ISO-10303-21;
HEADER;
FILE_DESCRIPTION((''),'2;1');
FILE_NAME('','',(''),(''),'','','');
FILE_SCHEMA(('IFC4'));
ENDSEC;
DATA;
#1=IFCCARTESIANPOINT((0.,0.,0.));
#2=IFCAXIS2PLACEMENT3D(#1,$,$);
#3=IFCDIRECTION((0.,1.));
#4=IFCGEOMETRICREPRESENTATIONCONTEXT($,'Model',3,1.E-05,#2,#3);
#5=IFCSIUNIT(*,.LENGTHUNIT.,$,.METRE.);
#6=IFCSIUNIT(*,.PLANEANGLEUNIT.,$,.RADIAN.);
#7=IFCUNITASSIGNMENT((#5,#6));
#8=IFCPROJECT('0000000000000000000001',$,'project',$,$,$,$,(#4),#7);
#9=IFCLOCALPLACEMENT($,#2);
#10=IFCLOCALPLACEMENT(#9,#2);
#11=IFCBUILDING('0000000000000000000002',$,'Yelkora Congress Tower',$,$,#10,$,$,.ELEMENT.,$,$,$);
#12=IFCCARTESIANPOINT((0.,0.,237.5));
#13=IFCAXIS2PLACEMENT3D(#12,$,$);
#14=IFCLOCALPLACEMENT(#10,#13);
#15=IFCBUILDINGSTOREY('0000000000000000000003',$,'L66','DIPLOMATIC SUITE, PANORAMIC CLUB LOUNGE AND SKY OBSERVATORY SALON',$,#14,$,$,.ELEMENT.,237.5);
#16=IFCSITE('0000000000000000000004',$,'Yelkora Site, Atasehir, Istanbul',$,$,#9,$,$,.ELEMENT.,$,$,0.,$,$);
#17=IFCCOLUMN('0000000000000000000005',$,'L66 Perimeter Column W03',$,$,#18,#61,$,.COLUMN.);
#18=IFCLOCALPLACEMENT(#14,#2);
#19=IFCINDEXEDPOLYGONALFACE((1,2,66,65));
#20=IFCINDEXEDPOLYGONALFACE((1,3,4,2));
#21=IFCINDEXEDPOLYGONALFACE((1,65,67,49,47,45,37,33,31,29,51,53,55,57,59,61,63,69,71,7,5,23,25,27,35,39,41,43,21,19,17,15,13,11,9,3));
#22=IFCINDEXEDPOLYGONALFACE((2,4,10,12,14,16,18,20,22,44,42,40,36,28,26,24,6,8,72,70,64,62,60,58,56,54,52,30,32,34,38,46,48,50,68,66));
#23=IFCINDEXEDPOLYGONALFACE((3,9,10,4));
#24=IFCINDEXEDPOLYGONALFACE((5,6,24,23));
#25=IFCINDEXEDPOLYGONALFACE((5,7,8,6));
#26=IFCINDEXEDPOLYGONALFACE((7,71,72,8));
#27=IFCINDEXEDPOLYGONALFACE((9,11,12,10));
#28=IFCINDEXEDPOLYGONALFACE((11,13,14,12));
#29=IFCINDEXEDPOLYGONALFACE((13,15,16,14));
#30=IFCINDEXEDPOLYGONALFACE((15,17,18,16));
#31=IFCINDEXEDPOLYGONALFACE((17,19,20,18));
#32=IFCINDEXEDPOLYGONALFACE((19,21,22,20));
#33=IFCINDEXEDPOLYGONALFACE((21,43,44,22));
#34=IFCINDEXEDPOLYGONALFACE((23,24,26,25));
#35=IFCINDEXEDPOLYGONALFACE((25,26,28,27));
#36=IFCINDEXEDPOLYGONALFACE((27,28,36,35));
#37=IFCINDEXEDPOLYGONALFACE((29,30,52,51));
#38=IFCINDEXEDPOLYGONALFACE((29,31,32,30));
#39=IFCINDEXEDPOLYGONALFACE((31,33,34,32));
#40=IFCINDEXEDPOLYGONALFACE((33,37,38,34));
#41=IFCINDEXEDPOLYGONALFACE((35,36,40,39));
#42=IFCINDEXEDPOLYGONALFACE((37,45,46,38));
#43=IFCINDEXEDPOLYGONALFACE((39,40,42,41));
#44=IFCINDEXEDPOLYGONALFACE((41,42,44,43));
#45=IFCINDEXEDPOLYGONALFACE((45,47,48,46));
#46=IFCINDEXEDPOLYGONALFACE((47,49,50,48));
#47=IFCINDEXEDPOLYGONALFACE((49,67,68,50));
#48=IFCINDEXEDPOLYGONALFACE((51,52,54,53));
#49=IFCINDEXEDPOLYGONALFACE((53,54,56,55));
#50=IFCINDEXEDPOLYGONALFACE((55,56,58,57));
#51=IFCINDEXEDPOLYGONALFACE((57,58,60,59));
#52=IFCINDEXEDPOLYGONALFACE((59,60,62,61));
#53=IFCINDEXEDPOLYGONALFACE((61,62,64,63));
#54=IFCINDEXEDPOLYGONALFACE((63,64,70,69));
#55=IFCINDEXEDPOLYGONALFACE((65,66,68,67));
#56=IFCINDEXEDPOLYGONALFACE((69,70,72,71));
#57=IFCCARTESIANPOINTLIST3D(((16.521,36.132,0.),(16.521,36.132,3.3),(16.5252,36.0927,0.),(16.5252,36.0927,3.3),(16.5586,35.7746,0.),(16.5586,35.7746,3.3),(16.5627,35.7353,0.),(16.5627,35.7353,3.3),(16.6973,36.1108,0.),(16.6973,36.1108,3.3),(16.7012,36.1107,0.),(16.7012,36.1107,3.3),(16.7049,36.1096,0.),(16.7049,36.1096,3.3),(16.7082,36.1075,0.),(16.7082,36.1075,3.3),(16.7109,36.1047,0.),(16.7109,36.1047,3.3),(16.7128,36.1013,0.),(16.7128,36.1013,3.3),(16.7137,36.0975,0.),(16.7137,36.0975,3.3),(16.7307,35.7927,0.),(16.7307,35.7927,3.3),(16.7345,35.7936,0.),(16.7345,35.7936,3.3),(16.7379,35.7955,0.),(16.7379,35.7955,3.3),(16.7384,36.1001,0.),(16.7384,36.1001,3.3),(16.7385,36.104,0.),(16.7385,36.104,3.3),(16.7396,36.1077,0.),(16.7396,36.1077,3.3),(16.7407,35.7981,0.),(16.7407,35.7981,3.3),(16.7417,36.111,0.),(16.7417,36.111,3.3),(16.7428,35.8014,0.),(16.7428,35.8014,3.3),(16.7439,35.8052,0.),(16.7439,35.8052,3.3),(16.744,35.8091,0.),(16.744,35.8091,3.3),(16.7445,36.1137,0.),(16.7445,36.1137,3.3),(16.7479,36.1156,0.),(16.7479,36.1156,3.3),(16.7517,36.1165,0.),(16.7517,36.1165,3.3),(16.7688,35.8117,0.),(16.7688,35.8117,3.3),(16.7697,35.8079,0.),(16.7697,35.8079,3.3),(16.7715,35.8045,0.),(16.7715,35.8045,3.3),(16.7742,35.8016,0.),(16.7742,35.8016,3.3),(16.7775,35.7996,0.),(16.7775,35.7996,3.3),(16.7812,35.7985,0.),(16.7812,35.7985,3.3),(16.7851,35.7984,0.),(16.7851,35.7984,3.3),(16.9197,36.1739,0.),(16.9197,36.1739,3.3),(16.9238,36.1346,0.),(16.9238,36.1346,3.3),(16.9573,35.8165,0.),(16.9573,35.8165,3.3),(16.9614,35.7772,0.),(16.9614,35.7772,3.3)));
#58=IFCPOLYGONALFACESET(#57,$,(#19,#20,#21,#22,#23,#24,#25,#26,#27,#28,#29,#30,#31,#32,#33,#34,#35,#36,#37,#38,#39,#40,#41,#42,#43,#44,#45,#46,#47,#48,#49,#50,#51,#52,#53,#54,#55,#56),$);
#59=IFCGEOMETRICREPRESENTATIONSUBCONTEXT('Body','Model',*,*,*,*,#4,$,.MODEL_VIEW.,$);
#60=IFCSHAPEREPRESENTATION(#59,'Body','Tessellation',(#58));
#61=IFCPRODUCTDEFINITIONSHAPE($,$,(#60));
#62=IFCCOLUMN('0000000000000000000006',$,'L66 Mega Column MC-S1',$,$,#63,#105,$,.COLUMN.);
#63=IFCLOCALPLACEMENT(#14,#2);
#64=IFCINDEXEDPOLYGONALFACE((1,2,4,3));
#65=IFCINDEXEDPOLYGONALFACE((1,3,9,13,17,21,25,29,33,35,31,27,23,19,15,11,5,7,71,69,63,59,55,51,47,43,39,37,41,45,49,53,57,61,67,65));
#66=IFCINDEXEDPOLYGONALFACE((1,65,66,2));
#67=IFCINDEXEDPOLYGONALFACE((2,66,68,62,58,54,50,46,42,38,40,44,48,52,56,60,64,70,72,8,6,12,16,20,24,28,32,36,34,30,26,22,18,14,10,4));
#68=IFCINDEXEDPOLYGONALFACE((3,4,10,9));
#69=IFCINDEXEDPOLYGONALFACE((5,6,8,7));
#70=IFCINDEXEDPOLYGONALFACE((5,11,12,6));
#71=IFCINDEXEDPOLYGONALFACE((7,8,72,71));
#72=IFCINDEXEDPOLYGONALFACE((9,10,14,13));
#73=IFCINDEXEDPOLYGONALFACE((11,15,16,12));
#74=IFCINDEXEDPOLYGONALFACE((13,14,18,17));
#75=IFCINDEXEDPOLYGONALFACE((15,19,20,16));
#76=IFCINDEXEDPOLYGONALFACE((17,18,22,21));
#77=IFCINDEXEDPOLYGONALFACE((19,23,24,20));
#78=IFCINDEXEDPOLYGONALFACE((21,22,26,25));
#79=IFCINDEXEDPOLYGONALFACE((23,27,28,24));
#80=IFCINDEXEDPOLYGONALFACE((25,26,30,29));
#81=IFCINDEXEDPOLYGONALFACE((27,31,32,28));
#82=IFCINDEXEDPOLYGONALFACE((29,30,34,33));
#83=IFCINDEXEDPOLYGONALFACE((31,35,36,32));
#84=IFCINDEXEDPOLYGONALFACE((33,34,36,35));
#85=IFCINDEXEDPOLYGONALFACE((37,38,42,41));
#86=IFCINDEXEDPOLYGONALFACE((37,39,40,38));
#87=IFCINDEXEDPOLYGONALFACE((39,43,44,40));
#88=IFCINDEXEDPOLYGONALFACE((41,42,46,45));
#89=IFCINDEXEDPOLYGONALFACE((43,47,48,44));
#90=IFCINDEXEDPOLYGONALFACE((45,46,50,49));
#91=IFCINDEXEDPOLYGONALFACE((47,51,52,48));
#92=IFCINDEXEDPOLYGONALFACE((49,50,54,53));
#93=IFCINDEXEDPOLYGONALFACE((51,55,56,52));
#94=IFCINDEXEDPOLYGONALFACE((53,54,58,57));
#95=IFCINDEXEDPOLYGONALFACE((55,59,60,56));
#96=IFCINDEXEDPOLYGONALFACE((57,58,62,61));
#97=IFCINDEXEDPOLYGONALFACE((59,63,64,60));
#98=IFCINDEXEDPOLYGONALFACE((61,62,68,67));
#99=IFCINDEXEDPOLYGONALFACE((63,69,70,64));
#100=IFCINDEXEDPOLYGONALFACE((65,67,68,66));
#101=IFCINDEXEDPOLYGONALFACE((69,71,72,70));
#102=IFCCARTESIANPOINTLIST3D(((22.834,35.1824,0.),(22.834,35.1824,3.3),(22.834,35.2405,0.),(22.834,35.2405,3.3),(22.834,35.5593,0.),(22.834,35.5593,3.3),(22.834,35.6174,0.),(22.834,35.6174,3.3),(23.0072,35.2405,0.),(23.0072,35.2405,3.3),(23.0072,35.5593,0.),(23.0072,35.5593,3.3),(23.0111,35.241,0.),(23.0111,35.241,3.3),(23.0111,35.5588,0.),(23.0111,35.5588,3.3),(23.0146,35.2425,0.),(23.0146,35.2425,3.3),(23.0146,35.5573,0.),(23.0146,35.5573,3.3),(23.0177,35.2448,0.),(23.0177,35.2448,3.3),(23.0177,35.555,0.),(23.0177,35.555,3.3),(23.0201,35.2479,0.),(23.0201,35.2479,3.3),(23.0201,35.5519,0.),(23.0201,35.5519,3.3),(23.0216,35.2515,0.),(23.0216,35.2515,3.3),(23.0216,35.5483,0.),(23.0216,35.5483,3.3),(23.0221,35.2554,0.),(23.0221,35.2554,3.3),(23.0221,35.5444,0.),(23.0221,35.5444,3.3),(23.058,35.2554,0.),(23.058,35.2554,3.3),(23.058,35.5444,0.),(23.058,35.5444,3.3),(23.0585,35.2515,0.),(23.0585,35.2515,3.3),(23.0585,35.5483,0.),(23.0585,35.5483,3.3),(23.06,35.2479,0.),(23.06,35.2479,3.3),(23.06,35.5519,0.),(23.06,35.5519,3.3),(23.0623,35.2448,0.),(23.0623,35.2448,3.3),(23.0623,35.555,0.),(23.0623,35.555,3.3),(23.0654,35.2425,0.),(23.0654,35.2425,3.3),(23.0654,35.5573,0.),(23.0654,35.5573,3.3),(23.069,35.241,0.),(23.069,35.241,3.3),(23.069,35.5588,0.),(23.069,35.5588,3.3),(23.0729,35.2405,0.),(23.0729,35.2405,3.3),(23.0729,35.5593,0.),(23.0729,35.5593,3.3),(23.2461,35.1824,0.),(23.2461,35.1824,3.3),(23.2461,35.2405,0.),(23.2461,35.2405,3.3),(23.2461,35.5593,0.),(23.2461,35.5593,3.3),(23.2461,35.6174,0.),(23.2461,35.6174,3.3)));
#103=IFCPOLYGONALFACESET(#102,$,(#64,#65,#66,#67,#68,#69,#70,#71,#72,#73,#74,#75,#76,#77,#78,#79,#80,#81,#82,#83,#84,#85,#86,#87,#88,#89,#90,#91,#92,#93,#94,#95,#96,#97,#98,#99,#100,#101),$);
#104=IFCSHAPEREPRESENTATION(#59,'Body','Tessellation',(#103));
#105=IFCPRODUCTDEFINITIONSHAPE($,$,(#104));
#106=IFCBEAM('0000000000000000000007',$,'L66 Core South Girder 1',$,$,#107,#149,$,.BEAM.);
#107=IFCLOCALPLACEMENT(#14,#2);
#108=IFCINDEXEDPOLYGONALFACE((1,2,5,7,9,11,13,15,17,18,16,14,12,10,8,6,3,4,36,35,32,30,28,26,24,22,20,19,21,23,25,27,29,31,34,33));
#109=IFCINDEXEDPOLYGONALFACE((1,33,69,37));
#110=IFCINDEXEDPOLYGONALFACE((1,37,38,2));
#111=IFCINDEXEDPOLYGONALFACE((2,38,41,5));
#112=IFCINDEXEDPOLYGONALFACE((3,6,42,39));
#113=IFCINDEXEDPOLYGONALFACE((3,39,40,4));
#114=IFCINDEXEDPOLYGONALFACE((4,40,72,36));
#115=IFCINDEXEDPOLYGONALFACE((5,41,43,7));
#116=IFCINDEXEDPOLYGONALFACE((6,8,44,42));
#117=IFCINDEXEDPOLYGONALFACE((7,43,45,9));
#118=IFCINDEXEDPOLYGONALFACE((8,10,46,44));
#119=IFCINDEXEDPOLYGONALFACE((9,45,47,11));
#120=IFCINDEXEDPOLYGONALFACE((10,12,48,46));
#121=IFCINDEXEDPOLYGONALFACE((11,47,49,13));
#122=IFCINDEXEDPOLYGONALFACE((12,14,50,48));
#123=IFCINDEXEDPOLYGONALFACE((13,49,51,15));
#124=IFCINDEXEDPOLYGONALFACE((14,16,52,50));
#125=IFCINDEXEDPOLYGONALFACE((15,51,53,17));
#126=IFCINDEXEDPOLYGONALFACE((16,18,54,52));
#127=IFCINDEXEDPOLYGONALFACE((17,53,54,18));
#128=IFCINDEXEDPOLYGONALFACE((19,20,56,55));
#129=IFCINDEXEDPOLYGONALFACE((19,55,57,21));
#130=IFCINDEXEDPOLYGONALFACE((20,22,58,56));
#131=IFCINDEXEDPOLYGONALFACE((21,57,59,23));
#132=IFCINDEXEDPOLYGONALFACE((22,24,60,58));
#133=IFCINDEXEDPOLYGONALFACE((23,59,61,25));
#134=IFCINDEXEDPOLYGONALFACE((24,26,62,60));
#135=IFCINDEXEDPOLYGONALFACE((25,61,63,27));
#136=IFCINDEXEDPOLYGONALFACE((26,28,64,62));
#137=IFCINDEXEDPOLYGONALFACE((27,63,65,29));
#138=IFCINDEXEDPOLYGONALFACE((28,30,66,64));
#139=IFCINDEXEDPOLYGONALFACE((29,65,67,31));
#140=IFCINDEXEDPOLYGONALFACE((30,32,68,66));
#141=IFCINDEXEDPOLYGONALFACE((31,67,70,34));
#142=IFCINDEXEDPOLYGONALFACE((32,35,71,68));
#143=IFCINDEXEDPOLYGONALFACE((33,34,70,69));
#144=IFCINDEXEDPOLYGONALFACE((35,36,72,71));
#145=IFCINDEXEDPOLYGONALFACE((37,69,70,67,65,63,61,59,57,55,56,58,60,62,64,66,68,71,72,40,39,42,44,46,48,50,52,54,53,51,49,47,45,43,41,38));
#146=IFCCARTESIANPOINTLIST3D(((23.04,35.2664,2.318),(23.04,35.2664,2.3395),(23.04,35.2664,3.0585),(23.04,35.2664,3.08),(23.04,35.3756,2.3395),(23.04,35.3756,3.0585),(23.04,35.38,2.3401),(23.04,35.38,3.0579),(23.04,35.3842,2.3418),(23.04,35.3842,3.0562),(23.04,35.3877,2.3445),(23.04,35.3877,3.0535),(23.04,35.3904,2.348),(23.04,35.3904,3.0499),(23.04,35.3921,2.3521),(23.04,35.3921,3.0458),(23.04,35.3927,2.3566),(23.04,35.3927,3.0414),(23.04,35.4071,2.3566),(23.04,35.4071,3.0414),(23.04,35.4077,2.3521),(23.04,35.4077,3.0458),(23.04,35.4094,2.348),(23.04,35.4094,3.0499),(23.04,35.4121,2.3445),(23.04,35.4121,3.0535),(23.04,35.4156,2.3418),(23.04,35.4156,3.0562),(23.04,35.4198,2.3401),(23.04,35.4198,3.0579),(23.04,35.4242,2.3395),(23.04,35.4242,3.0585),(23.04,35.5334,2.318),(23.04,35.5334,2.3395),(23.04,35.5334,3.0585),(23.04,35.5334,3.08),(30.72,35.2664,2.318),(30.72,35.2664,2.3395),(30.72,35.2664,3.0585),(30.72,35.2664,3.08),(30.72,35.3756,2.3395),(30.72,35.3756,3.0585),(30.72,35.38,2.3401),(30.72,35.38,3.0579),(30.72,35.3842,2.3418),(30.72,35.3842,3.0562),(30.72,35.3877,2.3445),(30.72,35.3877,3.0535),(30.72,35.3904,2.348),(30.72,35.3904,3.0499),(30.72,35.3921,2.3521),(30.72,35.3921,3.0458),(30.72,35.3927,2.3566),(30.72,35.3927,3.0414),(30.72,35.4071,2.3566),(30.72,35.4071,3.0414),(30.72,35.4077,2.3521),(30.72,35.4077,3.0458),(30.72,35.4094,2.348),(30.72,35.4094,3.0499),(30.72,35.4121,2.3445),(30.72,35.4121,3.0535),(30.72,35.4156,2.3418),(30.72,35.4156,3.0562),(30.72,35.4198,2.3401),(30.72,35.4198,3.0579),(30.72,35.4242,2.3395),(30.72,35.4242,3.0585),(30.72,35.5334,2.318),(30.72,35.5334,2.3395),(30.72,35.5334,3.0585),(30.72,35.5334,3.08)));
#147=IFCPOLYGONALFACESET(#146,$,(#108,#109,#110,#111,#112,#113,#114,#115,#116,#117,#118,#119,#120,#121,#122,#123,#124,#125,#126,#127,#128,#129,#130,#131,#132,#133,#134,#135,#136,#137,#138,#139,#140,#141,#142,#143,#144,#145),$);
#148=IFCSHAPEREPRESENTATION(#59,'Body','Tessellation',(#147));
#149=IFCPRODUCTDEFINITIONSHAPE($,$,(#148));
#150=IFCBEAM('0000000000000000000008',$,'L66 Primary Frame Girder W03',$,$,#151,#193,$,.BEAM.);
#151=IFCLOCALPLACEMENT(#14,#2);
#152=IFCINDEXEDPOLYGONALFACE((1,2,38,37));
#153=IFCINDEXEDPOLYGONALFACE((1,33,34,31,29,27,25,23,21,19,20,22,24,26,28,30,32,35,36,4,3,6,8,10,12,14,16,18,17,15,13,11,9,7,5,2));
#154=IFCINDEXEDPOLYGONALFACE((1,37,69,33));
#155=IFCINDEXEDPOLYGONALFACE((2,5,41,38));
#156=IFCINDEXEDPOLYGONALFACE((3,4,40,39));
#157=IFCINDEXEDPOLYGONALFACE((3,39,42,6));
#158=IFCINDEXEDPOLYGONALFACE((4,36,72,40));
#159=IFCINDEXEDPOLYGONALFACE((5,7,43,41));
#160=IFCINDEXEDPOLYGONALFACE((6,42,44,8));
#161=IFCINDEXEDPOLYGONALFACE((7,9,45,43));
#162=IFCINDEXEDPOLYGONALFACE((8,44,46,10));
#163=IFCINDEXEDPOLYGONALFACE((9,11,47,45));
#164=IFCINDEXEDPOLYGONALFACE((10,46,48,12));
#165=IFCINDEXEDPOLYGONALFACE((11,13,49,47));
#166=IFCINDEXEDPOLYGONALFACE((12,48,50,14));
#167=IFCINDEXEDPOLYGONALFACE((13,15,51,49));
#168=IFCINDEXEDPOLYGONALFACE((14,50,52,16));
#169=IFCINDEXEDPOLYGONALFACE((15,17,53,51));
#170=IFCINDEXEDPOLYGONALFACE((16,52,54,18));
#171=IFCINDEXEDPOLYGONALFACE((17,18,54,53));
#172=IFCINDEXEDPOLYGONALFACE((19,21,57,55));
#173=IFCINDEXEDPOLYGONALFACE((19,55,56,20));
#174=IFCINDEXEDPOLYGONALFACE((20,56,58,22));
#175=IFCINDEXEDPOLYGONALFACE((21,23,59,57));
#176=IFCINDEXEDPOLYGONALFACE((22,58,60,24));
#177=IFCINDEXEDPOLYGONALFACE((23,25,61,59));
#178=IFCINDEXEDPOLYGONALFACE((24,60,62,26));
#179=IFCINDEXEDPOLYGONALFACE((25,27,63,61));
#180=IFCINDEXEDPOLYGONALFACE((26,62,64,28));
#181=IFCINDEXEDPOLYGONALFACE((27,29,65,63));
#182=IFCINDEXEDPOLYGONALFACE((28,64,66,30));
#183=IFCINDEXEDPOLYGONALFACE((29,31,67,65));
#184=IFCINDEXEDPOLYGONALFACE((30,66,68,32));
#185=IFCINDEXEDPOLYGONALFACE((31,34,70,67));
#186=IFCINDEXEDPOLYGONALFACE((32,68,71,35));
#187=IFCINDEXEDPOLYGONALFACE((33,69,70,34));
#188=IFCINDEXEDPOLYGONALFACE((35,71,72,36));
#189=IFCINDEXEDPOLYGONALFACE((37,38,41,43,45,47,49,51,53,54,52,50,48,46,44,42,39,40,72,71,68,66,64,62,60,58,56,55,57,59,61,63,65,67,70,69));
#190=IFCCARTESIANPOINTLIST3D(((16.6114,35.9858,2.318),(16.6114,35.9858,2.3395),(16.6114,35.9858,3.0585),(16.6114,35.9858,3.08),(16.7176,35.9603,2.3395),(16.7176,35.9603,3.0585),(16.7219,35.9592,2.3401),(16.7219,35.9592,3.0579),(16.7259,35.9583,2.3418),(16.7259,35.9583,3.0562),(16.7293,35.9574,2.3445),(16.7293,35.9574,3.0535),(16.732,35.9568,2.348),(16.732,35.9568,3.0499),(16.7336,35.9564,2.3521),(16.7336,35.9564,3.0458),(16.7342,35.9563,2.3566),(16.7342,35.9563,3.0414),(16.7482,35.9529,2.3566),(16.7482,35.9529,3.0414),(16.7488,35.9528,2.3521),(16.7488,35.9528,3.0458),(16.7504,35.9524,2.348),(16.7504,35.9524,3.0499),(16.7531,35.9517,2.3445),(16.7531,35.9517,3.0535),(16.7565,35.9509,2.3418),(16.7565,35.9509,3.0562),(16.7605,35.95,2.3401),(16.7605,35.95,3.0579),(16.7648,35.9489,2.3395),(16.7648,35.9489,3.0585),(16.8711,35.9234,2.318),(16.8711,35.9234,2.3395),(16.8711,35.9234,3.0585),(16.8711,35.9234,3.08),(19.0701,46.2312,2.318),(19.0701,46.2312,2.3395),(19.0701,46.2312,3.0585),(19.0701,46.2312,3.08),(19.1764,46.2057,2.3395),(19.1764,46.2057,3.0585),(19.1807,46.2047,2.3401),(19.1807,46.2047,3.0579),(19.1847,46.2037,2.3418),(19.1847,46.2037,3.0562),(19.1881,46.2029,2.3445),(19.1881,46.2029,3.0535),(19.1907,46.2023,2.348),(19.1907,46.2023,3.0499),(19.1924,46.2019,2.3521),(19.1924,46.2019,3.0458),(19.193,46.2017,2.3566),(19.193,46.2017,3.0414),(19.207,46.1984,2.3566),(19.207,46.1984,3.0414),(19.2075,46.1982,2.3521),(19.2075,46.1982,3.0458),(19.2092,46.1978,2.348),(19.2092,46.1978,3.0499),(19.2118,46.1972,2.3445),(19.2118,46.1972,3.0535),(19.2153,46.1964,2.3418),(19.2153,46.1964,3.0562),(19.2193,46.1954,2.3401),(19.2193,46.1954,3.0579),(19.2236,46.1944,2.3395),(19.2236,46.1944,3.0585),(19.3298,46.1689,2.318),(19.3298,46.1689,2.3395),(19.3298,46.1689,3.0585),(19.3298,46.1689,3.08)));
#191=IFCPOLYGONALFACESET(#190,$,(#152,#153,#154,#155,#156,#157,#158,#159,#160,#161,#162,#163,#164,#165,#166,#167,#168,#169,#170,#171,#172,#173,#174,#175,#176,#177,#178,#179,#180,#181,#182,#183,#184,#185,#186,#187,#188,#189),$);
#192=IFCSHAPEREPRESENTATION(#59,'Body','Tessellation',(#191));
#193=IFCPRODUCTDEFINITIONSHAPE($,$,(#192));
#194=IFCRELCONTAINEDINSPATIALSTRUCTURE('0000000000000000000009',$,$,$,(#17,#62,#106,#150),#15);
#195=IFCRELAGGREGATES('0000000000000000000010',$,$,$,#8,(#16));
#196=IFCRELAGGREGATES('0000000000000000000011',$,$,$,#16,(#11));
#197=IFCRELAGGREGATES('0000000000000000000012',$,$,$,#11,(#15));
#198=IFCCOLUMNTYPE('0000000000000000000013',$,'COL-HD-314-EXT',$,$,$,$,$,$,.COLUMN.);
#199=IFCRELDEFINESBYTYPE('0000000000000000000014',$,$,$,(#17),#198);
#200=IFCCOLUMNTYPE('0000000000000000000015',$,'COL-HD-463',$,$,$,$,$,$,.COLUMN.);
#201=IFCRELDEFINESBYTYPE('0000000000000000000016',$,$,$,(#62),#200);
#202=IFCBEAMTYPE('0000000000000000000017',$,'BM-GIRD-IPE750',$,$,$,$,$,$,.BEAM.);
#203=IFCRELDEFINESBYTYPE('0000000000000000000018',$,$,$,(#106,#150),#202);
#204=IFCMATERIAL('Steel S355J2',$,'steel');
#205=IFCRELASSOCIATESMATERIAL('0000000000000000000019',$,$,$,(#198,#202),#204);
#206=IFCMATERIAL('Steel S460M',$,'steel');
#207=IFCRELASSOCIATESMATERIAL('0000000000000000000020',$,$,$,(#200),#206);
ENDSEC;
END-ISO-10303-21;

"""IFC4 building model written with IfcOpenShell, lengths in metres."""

from ifc_helpers import new_model, si_unit, direction, frame, origin, origin_2d, place, context, subcontext, project, spatial, i_section, extrude, material, material_profile, profile_set, type_object, element, save


model = new_model("IFC4")

# Units and contexts
model_context = context("Model", 3, precision=1e-05, world=origin(), true_north=direction((0.0, 1.0)))
body_context = subcontext(model_context, "Body", "Model", "MODEL_VIEW")
ifc_project = project(units=[si_unit("LENGTHUNIT", "METRE"), si_unit("PLANEANGLEUNIT", "RADIAN")], contexts=[model_context])

# Site, building, storey
site_placement = place(None, origin())
site = spatial("IfcSite", under=ifc_project, at=site_placement, Name="Yelkora Site, Atasehir, Istanbul", CompositionType="ELEMENT", RefElevation=0.0)
building_placement = place(site_placement, origin())
building = spatial("IfcBuilding", under=site, at=building_placement, Name="Yelkora Congress Tower", CompositionType="ELEMENT")
storey_placement = place(building_placement, frame((0.0, 0.0, 237.5)))
storey = spatial("IfcBuildingStorey", under=building, at=storey_placement, Name="L66", Description="DIPLOMATIC SUITE, PANORAMIC CLUB LOUNGE AND SKY OBSERVATORY SALON", CompositionType="ELEMENT", Elevation=237.5)

# Columns
ifc_material_1 = material(Name="Steel S355J2", Category="steel")
ifc_material_profile_1 = material_profile(ifc_material_1, i_section(OverallWidth=0.4009, OverallDepth=0.3989, WebThickness=0.0249, FlangeThickness=0.0396, FilletRadius=0.0149, at=origin_2d()), Name="HD 400x314")
ifc_profile_set_1 = profile_set([ifc_material_profile_1], Name="Steel S355J2")
column_type_1 = type_object("IfcColumnType", Name="COL-HD-314-EXT", PredefinedType="COLUMN", material=ifc_profile_set_1)
column_1_placement = place(storey_placement, frame((16.7412, 35.9546, 0.0), z_axis=(0.0, 0.0, 1.0), x_axis=(0.994522, 0.104528, 0.0)))
element("IfcColumn", 1, at=column_1_placement, inside=storey, type_object=column_type_1, Name="L66 Perimeter Column W03", PredefinedType="COLUMN", context=body_context, shape_type="SweptSolid", body=[
    extrude(i_section(OverallWidth=0.4009, OverallDepth=0.3989, WebThickness=0.0249, FlangeThickness=0.0396, FilletRadius=0.0149, at=origin_2d()), origin(), (0.0, 0.0, 1.0), 3.3),
])
ifc_material_2 = material(Name="Steel S460M", Category="steel")
ifc_material_profile_2 = material_profile(ifc_material_2, i_section(OverallWidth=0.4121, OverallDepth=0.4351, WebThickness=0.0359, FlangeThickness=0.0581, FilletRadius=0.0149, at=origin_2d()), Name="HD 400x463")
ifc_profile_set_2 = profile_set([ifc_material_profile_2], Name="Steel S460M")
column_type_2 = type_object("IfcColumnType", Name="COL-HD-463", PredefinedType="COLUMN", material=ifc_profile_set_2)
column_2_placement = place(storey_placement, frame((23.04, 35.3999, 0.0), z_axis=(0.0, 0.0, 1.0), x_axis=(1.0, 0.0, 0.0)))
element("IfcColumn", 2, at=column_2_placement, inside=storey, type_object=column_type_2, Name="L66 Mega Column MC-S1", PredefinedType="COLUMN", context=body_context, shape_type="SweptSolid", body=[
    extrude(i_section(OverallWidth=0.4121, OverallDepth=0.4351, WebThickness=0.0359, FlangeThickness=0.0581, FilletRadius=0.0149, at=origin_2d()), origin(), (0.0, 0.0, 1.0), 3.3),
])

# Beams
ifc_material_profile_3 = material_profile(ifc_material_1, i_section(OverallWidth=0.2671, OverallDepth=0.762, WebThickness=0.0144, FlangeThickness=0.0215, FilletRadius=0.0171, at=origin_2d()), Name="IPE 750x173")
ifc_profile_set_3 = profile_set([ifc_material_profile_3], Name="Steel S355J2")
beam_type_1 = type_object("IfcBeamType", Name="BM-GIRD-IPE750", PredefinedType="BEAM", material=ifc_profile_set_3)
beam_1_placement = place(storey_placement, frame((23.04, 35.3999, 2.699), z_axis=(1.0, 0.0, 0.0), x_axis=(0.0, 1.0, 0.0)))
element("IfcBeam", 3, at=beam_1_placement, inside=storey, type_object=beam_type_1, Name="L66 Core South Girder 1", PredefinedType="BEAM", context=body_context, shape_type="SweptSolid", body=[
    extrude(i_section(OverallWidth=0.2671, OverallDepth=0.762, WebThickness=0.0144, FlangeThickness=0.0215, FilletRadius=0.0171, at=origin_2d()), origin(), (0.0, 0.0, 1.0), 7.6799),
])
beam_2_placement = place(storey_placement, frame((16.7412, 35.9546, 2.699), z_axis=(0.23336, 0.97239, 0.0), x_axis=(-0.97239, 0.23336, 0.0)))
element("IfcBeam", 4, at=beam_2_placement, inside=storey, type_object=beam_type_1, Name="L66 Primary Frame Girder W03", PredefinedType="BEAM", context=body_context, shape_type="SweptSolid", body=[
    extrude(i_section(OverallWidth=0.2671, OverallDepth=0.762, WebThickness=0.0144, FlangeThickness=0.0215, FilletRadius=0.0171, at=origin_2d()), origin(), (0.0, 0.0, 1.0), 10.5364),
])

save(model, "model.ifc")
